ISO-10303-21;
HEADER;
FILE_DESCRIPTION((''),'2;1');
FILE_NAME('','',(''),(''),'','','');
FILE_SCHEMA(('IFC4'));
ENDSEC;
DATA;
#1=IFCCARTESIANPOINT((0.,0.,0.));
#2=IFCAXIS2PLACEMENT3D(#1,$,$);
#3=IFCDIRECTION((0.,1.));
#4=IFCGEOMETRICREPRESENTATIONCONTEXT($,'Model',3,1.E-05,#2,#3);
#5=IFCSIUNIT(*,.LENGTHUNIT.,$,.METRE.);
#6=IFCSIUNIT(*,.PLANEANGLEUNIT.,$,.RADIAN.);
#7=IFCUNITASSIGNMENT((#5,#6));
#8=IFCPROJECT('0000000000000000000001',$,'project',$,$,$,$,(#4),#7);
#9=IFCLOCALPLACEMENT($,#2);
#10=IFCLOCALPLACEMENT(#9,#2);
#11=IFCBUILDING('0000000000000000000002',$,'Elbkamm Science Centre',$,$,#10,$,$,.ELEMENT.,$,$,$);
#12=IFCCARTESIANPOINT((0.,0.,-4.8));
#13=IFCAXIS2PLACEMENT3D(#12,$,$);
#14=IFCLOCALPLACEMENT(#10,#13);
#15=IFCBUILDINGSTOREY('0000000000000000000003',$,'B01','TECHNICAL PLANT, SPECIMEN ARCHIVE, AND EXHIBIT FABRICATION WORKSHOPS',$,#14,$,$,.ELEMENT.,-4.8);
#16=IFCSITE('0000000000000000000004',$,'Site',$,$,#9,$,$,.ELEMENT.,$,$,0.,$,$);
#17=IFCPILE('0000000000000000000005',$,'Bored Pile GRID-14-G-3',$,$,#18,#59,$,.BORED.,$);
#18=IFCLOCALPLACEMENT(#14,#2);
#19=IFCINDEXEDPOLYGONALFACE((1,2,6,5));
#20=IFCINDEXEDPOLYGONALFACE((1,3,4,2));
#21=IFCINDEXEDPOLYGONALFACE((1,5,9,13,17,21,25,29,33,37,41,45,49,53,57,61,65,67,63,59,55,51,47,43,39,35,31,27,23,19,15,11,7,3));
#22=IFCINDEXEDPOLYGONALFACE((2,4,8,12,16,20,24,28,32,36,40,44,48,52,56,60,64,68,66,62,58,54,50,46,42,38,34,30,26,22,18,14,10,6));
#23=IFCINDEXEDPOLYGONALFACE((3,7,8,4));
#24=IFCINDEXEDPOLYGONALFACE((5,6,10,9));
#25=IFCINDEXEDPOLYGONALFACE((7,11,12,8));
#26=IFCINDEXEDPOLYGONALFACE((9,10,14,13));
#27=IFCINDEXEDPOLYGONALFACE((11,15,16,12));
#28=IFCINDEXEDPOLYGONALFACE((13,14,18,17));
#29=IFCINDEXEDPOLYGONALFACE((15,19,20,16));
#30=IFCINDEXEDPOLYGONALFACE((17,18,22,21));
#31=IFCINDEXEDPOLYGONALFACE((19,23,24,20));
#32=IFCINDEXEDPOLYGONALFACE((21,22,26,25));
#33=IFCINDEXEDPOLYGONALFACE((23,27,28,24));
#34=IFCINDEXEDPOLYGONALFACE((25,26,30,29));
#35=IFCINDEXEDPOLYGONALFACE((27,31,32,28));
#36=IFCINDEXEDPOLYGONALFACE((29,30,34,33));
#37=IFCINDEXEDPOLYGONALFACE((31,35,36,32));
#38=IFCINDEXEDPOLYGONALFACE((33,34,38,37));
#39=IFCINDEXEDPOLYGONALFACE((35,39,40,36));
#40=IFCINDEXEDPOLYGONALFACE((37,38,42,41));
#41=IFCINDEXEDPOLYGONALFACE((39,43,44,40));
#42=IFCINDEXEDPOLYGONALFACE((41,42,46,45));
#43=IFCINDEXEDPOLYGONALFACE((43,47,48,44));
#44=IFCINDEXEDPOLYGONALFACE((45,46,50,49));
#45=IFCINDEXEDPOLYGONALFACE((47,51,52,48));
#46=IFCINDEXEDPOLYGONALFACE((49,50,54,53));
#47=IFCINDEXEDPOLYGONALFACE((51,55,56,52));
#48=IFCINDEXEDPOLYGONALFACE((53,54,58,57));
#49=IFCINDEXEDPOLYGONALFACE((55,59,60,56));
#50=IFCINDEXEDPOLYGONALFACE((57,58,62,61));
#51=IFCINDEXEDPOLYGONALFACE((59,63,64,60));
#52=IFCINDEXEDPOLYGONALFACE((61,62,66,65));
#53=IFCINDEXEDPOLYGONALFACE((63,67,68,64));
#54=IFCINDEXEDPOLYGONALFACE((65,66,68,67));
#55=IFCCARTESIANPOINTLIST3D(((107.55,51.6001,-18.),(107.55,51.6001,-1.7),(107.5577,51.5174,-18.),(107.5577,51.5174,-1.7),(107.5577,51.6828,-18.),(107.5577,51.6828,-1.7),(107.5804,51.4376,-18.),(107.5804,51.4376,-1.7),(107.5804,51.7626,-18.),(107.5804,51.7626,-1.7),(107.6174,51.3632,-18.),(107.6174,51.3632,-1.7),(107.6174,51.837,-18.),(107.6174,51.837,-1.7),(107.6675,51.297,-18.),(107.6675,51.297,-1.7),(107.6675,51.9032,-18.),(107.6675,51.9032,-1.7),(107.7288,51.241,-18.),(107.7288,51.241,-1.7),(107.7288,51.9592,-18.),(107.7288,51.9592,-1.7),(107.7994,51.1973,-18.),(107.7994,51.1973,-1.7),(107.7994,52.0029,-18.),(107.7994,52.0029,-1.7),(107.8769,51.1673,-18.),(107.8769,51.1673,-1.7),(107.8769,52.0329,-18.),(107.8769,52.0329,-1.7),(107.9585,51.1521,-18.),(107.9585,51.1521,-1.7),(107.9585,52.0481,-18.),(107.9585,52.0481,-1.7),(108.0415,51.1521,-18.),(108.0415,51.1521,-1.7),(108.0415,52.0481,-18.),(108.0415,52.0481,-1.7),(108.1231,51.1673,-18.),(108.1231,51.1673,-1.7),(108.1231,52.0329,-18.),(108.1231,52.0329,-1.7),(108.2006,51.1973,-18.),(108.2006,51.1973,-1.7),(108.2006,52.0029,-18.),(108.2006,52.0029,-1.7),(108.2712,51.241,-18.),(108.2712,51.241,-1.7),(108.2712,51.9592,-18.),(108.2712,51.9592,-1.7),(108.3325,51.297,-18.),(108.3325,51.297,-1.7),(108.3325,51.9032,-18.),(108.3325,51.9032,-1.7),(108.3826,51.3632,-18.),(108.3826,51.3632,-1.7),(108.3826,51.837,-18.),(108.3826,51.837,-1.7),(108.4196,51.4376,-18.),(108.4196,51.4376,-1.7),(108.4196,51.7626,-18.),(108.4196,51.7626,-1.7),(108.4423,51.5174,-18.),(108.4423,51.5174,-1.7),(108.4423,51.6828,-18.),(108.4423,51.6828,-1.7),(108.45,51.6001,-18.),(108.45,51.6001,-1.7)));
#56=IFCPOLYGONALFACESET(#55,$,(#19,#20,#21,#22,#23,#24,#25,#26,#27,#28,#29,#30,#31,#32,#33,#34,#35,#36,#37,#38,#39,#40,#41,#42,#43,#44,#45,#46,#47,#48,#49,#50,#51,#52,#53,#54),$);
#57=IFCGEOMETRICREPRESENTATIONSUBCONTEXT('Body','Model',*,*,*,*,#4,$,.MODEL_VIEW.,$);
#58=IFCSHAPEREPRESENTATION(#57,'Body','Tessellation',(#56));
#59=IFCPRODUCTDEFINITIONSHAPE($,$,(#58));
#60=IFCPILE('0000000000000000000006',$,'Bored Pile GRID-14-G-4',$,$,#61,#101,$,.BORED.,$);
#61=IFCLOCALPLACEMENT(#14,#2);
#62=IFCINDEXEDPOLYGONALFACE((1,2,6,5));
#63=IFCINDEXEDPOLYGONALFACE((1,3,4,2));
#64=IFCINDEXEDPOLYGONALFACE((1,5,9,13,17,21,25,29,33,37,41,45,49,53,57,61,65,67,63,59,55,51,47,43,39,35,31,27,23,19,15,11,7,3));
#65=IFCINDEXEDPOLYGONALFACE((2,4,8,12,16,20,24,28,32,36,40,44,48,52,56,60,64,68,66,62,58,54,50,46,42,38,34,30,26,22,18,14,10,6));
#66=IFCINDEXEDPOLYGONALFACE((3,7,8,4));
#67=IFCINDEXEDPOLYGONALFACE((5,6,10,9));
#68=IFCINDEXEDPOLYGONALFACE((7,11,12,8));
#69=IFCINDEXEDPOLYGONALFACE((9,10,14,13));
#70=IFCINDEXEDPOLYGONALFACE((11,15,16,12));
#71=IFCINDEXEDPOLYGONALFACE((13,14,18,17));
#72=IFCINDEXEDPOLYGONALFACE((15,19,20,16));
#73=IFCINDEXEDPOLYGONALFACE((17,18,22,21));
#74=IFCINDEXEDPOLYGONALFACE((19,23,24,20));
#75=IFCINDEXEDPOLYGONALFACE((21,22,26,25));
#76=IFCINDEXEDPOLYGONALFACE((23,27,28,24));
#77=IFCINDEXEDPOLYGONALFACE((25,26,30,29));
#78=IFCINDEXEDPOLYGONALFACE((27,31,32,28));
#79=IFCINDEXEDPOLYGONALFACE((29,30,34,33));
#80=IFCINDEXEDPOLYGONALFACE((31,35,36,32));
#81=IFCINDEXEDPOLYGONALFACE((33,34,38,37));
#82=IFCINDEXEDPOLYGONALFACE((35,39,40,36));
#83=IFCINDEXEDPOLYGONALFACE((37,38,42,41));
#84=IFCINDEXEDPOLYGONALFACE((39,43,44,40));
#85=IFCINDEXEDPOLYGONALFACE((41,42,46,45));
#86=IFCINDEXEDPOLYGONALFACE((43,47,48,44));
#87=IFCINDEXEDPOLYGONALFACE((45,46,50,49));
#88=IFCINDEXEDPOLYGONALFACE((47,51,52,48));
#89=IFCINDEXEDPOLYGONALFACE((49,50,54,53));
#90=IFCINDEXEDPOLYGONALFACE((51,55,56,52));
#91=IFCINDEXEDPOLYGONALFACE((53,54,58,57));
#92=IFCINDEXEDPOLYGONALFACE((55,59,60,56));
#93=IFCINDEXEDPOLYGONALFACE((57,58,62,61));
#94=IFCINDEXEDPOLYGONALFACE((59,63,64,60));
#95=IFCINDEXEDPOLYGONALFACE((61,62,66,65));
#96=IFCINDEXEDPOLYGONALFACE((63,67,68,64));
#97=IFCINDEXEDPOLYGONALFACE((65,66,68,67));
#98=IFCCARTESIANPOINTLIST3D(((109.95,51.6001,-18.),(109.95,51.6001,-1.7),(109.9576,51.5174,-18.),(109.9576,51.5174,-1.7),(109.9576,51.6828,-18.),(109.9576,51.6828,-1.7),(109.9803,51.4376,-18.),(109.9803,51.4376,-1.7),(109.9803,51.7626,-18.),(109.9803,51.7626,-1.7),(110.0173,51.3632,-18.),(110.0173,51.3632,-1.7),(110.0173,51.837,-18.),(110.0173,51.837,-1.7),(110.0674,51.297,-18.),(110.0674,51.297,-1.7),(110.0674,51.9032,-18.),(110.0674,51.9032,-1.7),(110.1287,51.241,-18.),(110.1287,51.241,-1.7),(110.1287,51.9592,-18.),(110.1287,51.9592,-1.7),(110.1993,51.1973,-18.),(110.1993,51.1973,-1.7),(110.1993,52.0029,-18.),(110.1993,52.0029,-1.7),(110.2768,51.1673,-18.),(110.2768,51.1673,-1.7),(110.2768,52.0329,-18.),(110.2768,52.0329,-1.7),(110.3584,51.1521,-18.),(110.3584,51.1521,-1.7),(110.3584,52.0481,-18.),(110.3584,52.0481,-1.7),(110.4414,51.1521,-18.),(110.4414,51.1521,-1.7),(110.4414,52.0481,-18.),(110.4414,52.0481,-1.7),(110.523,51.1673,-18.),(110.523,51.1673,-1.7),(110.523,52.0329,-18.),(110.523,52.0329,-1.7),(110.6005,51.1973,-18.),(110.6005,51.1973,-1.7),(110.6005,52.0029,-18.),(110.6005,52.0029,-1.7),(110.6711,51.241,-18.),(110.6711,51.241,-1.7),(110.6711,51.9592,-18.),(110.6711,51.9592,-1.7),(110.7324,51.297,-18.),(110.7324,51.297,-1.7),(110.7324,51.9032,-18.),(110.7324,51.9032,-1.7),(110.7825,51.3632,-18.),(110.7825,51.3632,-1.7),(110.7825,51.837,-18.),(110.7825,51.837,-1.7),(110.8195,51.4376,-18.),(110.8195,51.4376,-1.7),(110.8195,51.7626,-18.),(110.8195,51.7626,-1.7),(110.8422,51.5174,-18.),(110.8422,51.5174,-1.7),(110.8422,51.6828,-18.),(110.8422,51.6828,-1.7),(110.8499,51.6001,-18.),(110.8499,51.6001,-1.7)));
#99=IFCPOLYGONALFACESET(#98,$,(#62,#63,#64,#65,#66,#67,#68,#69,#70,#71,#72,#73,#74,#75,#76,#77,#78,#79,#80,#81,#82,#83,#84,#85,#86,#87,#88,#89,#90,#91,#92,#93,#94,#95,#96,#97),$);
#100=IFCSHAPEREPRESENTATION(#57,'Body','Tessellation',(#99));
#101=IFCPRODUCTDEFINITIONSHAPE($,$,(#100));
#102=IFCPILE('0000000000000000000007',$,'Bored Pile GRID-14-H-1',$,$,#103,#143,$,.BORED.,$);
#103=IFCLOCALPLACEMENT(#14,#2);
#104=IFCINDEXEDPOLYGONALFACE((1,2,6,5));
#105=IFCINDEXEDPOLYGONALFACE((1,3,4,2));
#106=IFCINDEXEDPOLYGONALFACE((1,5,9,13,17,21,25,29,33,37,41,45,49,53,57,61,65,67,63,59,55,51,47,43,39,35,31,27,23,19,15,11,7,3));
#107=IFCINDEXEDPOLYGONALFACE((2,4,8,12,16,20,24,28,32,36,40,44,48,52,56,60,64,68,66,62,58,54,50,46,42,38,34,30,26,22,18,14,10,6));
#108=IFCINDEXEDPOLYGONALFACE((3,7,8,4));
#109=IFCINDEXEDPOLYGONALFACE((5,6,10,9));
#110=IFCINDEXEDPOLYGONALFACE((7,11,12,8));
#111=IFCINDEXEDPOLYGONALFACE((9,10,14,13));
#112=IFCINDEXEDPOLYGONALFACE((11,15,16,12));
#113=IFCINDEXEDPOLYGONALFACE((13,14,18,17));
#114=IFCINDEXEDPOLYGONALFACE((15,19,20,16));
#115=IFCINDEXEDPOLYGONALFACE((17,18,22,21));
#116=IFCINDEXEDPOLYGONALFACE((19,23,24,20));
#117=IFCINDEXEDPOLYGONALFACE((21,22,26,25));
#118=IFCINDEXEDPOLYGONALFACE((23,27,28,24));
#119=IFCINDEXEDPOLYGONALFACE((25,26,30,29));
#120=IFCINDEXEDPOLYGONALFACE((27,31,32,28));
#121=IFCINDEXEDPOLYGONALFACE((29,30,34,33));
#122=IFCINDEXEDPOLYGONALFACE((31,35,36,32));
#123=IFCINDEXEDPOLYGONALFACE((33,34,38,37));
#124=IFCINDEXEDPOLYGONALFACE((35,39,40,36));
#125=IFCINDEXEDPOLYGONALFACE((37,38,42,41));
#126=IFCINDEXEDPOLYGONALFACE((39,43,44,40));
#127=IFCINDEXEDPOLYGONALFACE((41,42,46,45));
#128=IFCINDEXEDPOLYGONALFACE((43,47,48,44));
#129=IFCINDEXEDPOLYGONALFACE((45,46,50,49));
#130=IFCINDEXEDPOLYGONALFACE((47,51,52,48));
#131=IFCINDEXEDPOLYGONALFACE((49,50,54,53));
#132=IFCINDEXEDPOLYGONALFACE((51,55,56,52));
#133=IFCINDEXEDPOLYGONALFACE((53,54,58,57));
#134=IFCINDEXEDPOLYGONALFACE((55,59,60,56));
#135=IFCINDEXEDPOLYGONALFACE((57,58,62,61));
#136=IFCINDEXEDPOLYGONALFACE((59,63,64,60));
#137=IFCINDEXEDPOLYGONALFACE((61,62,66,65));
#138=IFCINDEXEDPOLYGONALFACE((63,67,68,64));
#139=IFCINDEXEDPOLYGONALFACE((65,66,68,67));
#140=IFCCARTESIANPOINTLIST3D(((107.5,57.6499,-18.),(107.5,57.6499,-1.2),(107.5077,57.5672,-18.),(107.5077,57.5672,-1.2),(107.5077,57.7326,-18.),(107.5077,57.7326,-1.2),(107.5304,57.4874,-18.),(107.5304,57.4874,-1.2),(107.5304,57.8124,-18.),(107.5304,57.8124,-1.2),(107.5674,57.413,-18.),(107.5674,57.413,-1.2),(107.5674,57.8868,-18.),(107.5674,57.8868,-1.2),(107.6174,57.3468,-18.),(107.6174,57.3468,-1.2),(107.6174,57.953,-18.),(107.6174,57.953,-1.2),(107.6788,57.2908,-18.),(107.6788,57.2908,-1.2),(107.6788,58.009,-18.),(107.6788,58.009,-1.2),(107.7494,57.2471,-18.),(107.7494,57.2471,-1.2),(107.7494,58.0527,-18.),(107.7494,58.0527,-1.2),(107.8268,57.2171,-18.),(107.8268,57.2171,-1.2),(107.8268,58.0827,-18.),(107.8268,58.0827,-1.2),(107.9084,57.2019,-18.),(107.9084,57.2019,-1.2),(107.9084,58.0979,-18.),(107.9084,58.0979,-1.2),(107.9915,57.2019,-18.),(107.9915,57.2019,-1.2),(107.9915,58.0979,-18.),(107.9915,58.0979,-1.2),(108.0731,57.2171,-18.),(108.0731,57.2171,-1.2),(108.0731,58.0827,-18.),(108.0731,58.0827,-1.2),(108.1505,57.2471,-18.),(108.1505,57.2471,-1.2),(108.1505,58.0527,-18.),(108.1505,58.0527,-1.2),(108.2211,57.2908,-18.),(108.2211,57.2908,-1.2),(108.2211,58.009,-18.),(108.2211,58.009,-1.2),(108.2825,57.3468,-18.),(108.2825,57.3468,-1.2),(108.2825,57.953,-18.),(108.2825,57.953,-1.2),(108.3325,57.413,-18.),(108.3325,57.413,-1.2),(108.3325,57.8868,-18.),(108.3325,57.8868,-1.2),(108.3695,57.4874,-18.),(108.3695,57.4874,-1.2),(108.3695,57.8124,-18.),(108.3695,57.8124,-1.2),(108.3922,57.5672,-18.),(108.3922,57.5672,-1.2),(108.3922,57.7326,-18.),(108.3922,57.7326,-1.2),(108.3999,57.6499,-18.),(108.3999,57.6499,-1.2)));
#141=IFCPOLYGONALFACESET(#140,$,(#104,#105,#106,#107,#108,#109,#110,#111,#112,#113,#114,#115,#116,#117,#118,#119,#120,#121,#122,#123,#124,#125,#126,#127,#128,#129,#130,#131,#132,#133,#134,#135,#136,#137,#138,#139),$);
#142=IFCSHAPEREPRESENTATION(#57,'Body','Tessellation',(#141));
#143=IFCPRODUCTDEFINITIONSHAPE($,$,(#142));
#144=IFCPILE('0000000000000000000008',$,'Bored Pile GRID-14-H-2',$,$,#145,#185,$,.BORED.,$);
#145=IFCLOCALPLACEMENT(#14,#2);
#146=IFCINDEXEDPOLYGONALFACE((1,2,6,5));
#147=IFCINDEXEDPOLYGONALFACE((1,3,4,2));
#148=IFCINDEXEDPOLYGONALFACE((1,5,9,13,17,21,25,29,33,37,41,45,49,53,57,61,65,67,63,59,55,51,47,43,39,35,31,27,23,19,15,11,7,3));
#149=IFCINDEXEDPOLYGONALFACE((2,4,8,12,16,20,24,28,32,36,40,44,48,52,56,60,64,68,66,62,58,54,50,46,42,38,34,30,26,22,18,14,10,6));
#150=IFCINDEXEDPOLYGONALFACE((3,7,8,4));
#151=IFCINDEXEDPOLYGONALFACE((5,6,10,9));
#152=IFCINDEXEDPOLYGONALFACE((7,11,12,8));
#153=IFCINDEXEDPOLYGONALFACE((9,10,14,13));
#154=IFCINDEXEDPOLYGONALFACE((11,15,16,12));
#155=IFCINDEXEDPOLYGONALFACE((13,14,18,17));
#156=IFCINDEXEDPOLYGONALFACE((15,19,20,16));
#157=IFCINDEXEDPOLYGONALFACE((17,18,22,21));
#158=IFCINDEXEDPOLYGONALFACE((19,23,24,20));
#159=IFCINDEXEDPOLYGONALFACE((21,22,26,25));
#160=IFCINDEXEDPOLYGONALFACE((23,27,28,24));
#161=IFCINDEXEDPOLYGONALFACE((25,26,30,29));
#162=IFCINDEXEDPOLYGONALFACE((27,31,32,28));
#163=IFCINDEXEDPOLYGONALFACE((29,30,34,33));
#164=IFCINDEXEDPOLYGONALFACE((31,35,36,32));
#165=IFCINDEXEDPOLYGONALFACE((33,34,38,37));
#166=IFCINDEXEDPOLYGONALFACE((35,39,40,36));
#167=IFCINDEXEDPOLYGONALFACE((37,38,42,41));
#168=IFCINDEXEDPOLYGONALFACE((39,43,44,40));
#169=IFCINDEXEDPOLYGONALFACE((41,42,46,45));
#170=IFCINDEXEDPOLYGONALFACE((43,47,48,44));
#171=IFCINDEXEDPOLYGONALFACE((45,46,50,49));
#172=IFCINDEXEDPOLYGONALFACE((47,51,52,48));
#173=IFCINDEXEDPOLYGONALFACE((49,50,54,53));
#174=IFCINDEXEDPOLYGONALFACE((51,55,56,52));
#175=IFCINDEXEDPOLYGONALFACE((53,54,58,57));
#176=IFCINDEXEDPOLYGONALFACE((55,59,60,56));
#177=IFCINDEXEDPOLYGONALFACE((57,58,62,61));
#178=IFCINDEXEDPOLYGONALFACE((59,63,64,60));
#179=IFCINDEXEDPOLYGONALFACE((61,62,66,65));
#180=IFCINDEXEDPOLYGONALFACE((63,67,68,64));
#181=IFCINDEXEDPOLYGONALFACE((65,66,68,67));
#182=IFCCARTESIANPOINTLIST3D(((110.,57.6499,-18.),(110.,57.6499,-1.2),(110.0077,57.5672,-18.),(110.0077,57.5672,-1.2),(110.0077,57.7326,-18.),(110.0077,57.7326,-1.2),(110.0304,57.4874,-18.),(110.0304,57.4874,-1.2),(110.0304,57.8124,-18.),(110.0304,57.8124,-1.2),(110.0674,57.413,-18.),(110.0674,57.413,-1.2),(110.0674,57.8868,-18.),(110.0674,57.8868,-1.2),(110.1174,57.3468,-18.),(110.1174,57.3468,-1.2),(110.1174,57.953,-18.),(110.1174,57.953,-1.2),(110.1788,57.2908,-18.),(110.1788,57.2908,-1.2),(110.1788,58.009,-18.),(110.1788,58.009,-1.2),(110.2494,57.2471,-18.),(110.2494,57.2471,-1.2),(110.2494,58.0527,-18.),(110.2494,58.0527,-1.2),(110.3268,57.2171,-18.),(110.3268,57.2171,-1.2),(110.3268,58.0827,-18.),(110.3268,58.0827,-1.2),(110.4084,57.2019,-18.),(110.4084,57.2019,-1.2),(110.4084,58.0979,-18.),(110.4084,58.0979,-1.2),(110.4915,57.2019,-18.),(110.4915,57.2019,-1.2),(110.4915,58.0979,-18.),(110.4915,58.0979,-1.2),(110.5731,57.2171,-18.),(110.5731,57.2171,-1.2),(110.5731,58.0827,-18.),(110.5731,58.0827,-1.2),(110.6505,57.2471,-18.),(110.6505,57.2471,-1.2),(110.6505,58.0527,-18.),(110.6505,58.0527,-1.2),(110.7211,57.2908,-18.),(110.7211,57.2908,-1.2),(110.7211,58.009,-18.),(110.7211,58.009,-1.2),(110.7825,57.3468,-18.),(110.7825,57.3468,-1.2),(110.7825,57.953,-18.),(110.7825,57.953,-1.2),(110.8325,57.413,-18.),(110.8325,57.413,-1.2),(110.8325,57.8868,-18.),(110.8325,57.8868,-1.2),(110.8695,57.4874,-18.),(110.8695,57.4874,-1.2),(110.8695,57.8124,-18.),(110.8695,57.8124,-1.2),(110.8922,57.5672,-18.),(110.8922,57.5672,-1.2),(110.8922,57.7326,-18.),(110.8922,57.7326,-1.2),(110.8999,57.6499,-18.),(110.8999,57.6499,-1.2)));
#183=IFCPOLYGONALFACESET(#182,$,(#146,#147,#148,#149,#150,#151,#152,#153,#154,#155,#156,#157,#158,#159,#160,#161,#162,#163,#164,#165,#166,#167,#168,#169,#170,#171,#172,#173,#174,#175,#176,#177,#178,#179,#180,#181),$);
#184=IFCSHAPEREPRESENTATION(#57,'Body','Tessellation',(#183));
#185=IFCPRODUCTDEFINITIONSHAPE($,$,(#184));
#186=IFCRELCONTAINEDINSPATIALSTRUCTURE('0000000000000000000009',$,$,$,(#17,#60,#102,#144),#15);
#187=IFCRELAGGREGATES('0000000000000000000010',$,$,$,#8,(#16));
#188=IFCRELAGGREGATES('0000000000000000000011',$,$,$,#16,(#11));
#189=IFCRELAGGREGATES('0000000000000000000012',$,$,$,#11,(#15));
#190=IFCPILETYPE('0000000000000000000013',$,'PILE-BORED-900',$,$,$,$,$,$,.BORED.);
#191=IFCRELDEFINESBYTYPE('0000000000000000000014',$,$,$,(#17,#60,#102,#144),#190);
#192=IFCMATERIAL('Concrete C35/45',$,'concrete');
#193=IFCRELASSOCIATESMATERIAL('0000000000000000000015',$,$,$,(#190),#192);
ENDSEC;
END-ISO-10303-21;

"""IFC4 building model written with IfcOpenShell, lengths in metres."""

from ifc_helpers import new_model, si_unit, direction, frame, origin, origin_2d, place, context, subcontext, project, spatial, circle, extrude, material, material_profile, profile_set, type_object, element, save


model = new_model("IFC4")

# Units and contexts
model_context = context("Model", 3, precision=1e-05, world=origin(), true_north=direction((0.0, 1.0)))
body_context = subcontext(model_context, "Body", "Model", "MODEL_VIEW")
ifc_project = project(units=[si_unit("LENGTHUNIT", "METRE"), si_unit("PLANEANGLEUNIT", "RADIAN")], contexts=[model_context])

# Site, building, storey
site_placement = place(None, origin())
site = spatial("IfcSite", under=ifc_project, at=site_placement, Name="Site", CompositionType="ELEMENT", RefElevation=0.0)
building_placement = place(site_placement, origin())
building = spatial("IfcBuilding", under=site, at=building_placement, Name="Elbkamm Science Centre", CompositionType="ELEMENT")
storey_placement = place(building_placement, frame((0.0, 0.0, -4.8)))
storey = spatial("IfcBuildingStorey", under=building, at=storey_placement, Name="B01", Description="TECHNICAL PLANT, SPECIMEN ARCHIVE, AND EXHIBIT FABRICATION WORKSHOPS", CompositionType="ELEMENT", Elevation=-4.8)

# Shared definitions
ifc_material_1 = material(Name="Concrete C35/45", Category="concrete")

# Piles
ifc_material_profile_1 = material_profile(ifc_material_1, circle(Radius=0.45, at=origin_2d()), Name="PILE D900")
ifc_profile_set_1 = profile_set([ifc_material_profile_1], Name="Concrete C35/45")
pile_type_1 = type_object("IfcPileType", Name="PILE-BORED-900", PredefinedType="BORED", material=ifc_profile_set_1)
for number, where, z_axis, x_axis, name in (
    (1, (108.0, 51.6001, -1.7), (0.0, 0.0, -1.0), (1.0, 0.0, 0.0), "Bored Pile GRID-14-G-3"),
    (2, (110.3999, 51.6001, -1.7), (0.0, 0.0, -1.0), (1.0, 0.0, 0.0), "Bored Pile GRID-14-G-4"),
):
    element("IfcPile", number, at=place(storey_placement, frame(where, z_axis=z_axis, x_axis=x_axis)), inside=storey, type_object=pile_type_1, Name=name, PredefinedType="BORED", context=body_context, shape_type="SweptSolid", body=[
        extrude(circle(Radius=0.45, at=origin_2d()), origin(), (0.0, 0.0, 1.0), 16.3),
    ])
for number, where, z_axis, x_axis, name in (
    (3, (107.95, 57.6499, -1.2), (0.0, 0.0, -1.0), (1.0, 0.0, 0.0), "Bored Pile GRID-14-H-1"),
    (4, (110.45, 57.6499, -1.2), (0.0, 0.0, -1.0), (1.0, 0.0, 0.0), "Bored Pile GRID-14-H-2"),
):
    element("IfcPile", number, at=place(storey_placement, frame(where, z_axis=z_axis, x_axis=x_axis)), inside=storey, type_object=pile_type_1, Name=name, PredefinedType="BORED", context=body_context, shape_type="SweptSolid", body=[
        extrude(circle(Radius=0.45, at=origin_2d()), origin(), (0.0, 0.0, 1.0), 16.8),
    ])

save(model, "model.ifc")
